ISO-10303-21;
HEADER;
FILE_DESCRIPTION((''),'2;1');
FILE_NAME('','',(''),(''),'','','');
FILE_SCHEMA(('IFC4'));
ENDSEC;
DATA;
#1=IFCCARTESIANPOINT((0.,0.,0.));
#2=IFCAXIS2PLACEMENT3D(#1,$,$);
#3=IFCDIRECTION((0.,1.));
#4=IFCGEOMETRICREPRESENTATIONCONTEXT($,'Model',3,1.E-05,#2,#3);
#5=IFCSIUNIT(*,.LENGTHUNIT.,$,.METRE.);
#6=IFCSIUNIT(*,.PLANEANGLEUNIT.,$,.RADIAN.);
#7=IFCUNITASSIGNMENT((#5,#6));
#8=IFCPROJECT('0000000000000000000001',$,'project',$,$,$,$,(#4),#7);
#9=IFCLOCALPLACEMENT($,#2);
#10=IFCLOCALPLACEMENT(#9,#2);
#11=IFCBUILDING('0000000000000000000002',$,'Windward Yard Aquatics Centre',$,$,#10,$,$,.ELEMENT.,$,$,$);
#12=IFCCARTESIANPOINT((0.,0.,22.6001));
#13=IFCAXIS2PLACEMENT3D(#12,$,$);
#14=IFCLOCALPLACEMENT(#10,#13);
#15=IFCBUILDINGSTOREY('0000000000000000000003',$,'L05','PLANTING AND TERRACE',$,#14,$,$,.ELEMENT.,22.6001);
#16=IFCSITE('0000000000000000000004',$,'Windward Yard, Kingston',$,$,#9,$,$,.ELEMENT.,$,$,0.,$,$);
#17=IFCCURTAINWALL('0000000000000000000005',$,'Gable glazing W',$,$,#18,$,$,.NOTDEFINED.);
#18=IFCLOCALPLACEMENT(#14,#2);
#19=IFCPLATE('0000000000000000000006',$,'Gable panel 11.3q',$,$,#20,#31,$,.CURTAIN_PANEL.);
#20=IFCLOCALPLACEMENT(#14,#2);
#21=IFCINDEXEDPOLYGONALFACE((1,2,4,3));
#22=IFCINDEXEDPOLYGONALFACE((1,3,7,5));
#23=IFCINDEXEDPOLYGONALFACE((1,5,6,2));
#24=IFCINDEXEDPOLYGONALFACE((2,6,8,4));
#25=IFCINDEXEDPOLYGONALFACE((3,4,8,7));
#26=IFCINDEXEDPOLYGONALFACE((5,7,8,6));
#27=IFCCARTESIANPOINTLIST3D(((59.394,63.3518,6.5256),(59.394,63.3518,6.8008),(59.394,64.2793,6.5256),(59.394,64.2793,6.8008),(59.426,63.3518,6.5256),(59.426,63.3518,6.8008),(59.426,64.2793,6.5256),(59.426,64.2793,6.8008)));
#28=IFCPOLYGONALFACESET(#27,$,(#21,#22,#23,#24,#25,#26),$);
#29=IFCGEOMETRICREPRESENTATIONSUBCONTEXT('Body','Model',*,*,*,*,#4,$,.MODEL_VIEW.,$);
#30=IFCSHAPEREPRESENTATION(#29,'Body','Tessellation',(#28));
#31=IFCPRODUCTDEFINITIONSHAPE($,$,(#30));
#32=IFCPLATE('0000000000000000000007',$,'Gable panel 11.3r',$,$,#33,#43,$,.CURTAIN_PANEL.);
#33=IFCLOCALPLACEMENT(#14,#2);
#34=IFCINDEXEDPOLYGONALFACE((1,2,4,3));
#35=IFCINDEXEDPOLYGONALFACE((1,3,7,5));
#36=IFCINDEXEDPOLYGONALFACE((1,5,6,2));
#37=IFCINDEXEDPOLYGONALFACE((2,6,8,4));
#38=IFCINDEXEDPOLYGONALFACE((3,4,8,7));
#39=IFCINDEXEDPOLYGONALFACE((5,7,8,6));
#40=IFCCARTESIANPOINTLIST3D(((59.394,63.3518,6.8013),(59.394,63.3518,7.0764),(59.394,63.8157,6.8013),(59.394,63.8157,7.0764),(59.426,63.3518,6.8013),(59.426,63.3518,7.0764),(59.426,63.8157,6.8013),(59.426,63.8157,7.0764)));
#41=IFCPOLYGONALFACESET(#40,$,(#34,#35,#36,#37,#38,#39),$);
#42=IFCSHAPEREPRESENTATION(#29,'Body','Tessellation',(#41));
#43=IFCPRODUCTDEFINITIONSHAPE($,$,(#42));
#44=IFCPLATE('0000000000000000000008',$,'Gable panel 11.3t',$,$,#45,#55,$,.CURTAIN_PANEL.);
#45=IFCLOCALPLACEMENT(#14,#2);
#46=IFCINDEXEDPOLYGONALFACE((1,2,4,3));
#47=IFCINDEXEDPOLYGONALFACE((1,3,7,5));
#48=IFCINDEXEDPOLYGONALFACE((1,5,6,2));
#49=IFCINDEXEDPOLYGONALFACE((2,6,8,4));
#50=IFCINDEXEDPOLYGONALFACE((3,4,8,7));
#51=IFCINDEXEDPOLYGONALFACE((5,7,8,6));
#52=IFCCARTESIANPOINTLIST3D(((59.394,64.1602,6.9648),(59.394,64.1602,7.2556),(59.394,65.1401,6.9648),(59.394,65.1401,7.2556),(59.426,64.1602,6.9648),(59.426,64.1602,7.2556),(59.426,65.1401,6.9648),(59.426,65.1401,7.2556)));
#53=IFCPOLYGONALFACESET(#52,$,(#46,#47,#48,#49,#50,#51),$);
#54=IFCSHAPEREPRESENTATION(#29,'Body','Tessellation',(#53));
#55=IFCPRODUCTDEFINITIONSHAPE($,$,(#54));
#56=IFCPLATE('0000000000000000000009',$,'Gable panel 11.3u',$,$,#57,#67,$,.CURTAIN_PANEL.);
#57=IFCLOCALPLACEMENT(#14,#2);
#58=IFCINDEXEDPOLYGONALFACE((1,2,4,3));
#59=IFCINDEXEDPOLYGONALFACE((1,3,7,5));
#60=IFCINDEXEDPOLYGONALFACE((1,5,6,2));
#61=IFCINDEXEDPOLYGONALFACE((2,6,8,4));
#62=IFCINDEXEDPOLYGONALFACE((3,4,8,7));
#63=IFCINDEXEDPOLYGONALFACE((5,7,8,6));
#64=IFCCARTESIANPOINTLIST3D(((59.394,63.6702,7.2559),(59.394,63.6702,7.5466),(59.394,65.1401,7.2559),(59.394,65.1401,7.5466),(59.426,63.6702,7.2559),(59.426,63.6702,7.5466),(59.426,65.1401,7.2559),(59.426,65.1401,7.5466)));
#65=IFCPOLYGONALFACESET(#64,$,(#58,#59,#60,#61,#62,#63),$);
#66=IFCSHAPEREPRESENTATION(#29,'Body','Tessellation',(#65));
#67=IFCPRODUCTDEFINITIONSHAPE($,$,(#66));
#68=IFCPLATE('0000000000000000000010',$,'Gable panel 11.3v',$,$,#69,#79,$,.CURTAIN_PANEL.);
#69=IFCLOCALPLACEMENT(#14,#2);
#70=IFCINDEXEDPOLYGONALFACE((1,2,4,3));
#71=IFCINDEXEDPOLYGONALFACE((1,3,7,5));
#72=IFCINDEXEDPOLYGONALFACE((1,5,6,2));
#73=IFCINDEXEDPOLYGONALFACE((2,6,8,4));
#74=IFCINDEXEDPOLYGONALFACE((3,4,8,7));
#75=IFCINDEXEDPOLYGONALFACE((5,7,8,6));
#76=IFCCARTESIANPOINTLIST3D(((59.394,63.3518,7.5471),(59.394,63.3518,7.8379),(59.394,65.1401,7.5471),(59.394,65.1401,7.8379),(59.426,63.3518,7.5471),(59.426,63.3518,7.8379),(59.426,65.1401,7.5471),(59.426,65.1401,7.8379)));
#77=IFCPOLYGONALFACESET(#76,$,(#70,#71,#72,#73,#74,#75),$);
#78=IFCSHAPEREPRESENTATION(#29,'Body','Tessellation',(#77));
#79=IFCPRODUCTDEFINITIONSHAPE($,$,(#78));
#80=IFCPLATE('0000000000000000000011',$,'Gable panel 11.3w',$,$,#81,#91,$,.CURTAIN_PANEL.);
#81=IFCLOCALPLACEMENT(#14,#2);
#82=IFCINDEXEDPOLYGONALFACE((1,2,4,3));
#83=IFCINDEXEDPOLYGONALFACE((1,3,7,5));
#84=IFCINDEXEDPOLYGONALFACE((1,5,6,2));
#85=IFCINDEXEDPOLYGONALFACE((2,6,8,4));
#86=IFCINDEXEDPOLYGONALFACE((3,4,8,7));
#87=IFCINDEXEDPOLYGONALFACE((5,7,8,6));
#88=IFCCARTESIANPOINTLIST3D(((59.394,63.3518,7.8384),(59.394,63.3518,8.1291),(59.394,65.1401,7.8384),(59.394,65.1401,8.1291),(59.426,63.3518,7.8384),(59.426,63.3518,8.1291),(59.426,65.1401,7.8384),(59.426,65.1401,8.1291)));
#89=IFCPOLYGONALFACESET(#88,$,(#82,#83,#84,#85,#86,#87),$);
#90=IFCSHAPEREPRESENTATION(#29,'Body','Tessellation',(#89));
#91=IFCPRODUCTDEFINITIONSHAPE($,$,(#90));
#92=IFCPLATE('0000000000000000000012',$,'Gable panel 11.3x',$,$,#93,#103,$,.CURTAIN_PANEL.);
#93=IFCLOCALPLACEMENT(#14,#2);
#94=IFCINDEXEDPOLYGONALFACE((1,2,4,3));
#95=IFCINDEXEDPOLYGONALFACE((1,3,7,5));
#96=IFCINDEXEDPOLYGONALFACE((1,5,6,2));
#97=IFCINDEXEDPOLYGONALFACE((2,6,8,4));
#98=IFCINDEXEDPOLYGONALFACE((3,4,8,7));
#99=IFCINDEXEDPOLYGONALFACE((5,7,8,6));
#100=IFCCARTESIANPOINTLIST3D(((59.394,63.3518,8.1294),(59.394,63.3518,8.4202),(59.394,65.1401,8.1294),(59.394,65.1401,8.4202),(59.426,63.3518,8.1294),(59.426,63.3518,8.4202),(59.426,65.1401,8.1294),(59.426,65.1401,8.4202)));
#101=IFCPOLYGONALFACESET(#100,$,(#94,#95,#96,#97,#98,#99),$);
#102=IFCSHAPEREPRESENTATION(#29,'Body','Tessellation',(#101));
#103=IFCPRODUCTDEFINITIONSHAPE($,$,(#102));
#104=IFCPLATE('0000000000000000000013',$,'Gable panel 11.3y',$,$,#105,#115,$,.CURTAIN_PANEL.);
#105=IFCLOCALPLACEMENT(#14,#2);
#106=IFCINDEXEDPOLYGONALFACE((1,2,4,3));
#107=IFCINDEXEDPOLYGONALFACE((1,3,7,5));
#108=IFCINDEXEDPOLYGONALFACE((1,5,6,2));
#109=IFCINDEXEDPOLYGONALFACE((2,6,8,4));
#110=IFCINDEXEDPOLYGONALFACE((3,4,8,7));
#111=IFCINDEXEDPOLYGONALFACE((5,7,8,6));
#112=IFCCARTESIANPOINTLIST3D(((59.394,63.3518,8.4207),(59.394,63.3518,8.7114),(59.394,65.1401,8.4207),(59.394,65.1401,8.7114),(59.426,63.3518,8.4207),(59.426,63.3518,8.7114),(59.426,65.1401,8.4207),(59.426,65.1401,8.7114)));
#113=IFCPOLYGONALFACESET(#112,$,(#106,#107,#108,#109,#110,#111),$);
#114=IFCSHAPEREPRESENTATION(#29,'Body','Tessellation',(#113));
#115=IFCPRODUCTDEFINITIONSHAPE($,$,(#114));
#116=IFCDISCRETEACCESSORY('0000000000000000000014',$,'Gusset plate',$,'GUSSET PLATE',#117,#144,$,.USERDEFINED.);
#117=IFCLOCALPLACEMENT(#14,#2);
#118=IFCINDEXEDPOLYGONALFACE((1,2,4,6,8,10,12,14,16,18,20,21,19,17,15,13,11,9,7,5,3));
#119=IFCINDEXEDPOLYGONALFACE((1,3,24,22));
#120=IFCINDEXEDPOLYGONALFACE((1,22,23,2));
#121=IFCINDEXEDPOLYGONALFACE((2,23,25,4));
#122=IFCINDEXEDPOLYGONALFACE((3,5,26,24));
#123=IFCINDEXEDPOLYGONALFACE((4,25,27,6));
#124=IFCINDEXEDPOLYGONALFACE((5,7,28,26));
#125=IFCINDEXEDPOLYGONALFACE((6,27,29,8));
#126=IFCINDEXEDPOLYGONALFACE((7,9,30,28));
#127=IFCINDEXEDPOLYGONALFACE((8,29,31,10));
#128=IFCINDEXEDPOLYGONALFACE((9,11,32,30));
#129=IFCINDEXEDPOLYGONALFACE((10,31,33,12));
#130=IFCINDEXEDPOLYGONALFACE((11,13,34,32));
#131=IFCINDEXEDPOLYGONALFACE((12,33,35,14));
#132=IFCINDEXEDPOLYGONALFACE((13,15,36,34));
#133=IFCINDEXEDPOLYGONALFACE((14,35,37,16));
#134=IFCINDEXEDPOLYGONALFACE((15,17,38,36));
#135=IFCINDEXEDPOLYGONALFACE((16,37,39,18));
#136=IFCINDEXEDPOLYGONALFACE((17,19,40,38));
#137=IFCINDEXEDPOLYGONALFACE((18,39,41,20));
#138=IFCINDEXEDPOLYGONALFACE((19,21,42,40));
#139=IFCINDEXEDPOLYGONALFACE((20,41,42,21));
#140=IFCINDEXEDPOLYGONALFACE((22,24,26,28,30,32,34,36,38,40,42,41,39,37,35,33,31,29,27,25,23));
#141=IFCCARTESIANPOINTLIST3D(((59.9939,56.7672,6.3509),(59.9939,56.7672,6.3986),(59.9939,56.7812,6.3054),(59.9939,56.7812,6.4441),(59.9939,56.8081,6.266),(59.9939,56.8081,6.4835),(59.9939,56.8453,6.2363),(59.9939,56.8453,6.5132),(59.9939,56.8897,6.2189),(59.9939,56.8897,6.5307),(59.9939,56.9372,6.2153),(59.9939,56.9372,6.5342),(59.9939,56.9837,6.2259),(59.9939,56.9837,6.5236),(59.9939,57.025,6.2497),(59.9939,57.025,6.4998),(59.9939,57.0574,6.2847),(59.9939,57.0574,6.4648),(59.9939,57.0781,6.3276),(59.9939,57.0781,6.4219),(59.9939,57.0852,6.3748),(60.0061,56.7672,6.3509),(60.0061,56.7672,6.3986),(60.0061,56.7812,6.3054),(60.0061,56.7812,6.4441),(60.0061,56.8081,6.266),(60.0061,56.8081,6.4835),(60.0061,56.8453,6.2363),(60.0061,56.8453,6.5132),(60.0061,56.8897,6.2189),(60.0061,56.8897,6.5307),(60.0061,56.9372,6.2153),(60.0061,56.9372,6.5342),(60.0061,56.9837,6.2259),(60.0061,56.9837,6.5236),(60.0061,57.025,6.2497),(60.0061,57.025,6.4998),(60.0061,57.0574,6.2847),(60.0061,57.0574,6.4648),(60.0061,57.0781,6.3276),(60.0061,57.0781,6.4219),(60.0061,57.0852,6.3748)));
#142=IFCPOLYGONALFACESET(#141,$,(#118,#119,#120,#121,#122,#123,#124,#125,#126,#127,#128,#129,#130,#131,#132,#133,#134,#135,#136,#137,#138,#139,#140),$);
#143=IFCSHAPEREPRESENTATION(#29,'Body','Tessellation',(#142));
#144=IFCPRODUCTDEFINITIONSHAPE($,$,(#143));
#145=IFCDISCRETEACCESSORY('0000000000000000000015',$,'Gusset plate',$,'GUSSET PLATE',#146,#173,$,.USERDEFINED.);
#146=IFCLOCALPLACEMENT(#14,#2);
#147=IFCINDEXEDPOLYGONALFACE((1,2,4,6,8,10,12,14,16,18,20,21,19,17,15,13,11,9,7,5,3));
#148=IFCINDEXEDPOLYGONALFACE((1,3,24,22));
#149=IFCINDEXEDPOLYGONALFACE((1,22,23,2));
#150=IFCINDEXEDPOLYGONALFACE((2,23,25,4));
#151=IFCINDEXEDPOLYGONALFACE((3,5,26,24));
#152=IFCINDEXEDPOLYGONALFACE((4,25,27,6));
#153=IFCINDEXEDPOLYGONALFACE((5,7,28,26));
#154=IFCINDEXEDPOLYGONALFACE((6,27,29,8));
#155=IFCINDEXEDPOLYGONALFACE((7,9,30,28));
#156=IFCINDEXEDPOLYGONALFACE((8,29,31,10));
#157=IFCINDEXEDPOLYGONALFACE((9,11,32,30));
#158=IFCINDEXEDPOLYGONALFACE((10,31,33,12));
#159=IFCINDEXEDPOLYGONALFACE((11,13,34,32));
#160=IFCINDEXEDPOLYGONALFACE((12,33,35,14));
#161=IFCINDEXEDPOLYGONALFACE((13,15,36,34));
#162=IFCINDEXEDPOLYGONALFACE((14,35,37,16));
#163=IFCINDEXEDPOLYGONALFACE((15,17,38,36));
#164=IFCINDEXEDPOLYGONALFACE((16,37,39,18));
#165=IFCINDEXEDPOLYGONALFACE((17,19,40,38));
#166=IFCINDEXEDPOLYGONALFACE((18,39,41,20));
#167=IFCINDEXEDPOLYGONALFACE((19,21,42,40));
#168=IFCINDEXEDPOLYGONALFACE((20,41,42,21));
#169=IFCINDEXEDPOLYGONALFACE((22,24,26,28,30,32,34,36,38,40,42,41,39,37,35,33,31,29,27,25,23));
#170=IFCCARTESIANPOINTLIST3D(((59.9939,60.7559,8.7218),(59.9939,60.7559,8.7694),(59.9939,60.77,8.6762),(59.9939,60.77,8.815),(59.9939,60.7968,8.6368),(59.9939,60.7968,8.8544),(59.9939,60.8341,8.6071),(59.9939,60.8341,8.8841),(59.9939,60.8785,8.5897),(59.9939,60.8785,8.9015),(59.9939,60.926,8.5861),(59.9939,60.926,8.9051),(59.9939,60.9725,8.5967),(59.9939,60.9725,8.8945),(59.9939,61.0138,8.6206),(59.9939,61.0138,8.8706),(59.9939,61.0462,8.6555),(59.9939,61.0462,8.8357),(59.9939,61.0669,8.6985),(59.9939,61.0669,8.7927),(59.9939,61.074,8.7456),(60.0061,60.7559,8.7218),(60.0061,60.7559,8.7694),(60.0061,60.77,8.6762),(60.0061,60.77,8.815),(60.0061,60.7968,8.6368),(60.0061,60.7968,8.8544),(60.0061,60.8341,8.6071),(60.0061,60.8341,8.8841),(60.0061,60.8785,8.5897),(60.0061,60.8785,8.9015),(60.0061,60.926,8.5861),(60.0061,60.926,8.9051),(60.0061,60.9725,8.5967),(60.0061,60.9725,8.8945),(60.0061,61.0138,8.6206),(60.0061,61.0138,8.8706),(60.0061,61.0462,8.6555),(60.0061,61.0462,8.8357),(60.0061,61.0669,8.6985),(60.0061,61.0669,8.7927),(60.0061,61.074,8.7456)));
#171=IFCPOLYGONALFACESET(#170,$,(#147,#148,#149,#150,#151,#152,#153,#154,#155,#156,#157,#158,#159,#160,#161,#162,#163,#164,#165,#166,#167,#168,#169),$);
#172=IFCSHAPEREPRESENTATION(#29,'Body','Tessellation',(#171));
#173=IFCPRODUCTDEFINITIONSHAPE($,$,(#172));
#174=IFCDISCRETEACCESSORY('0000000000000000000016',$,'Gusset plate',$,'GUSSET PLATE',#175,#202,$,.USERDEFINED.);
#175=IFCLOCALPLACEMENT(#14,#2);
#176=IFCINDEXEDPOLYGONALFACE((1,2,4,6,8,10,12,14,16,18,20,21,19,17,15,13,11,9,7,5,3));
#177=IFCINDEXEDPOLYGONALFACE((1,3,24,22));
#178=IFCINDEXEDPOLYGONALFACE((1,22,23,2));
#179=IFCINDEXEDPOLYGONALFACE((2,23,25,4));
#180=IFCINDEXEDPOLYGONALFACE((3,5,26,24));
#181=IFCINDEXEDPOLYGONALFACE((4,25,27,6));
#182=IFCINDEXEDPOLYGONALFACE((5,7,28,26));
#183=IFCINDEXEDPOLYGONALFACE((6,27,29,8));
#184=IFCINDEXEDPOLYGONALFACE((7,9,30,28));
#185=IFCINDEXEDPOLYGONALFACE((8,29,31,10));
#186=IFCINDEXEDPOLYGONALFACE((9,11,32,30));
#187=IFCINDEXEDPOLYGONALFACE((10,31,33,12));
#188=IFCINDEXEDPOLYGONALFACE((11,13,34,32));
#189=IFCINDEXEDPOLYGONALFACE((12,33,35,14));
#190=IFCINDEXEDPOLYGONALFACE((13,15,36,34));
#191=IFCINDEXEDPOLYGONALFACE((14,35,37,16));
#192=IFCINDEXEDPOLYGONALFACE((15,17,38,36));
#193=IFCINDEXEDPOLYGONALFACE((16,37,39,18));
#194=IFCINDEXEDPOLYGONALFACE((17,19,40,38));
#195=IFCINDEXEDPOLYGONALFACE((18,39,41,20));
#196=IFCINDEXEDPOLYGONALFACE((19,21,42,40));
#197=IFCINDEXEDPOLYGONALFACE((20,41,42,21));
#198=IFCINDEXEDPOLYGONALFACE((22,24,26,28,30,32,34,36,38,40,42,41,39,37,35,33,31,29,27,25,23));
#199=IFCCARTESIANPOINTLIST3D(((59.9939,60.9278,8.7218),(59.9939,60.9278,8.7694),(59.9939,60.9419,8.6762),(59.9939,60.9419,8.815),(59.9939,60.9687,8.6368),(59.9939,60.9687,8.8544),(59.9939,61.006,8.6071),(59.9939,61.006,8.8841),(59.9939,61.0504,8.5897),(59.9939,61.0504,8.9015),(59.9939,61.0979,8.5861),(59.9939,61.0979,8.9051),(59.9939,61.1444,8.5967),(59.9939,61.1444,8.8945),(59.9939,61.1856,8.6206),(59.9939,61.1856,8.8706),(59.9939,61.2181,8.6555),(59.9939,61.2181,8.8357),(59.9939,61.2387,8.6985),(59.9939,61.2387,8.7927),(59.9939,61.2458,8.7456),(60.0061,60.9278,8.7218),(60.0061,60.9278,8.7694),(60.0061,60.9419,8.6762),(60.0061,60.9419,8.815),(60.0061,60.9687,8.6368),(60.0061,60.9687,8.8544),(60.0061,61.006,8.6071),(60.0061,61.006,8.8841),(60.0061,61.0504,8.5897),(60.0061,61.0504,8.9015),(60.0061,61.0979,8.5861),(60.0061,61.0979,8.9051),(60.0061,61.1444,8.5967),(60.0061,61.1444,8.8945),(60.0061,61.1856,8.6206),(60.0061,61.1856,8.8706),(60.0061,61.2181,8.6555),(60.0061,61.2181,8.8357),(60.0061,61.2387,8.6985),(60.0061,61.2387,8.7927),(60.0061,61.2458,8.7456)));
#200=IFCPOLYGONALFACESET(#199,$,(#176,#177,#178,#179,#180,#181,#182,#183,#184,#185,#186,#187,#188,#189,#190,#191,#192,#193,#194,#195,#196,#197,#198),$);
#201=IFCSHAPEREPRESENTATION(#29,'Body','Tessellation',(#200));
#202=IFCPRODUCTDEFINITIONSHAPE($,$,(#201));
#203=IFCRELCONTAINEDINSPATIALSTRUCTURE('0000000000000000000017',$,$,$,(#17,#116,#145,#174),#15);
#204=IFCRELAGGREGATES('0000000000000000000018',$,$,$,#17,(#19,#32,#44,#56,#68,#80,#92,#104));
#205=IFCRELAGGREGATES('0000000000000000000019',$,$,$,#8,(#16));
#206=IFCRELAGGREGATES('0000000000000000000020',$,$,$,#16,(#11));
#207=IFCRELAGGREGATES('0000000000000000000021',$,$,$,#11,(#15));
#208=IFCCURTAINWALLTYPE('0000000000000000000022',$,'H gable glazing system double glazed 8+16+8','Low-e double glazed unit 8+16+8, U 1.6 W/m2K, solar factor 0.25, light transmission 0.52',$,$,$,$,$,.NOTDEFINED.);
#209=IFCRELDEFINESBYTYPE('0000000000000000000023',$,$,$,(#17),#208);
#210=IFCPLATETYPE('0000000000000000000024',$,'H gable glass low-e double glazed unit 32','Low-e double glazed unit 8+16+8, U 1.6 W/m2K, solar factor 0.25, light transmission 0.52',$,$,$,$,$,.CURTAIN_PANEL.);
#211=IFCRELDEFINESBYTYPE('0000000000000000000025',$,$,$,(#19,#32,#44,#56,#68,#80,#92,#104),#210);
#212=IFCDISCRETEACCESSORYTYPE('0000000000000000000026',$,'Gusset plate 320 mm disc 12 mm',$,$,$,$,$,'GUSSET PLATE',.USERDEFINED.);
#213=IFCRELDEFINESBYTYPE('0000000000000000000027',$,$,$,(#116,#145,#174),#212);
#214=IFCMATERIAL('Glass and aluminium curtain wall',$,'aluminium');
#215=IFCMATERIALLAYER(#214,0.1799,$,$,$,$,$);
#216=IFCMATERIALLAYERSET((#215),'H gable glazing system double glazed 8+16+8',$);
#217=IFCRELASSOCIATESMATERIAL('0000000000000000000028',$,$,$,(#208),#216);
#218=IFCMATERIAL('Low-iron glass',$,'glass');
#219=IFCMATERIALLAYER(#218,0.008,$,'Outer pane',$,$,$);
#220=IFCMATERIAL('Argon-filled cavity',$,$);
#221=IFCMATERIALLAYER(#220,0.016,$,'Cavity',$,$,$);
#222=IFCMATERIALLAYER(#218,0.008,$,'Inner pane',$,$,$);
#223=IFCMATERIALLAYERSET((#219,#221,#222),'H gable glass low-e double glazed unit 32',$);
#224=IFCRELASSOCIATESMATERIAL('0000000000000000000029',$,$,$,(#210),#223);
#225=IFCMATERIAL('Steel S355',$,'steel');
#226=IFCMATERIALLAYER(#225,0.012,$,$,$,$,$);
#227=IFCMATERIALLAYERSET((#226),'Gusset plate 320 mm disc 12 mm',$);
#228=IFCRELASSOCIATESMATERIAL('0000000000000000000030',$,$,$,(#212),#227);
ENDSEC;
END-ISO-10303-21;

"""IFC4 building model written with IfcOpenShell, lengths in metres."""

from ifc_helpers import new_model, si_unit, direction, frame, origin, origin_2d, place, context, subcontext, project, spatial, polyline, circle, outline, extrude, material, layer, layer_set, type_object, element, aggregate, save


model = new_model("IFC4")

# Units and contexts
model_context = context("Model", 3, precision=1e-05, world=origin(), true_north=direction((0.0, 1.0)))
body_context = subcontext(model_context, "Body", "Model", "MODEL_VIEW")
ifc_project = project(units=[si_unit("LENGTHUNIT", "METRE"), si_unit("PLANEANGLEUNIT", "RADIAN")], contexts=[model_context])

# Site, building, storey
site_placement = place(None, origin())
site = spatial("IfcSite", under=ifc_project, at=site_placement, Name="Windward Yard, Kingston", CompositionType="ELEMENT", RefElevation=0.0)
building_placement = place(site_placement, origin())
building = spatial("IfcBuilding", under=site, at=building_placement, Name="Windward Yard Aquatics Centre", CompositionType="ELEMENT")
storey_placement = place(building_placement, frame((0.0, 0.0, 22.6001)))
storey = spatial("IfcBuildingStorey", under=building, at=storey_placement, Name="L05", Description="PLANTING AND TERRACE", CompositionType="ELEMENT", Elevation=22.6001)

# Curtain wall, plates
ifc_material_1 = material(Name="Glass and aluminium curtain wall", Category="aluminium")
ifc_layer_1 = layer(ifc_material_1, 0.1799)
ifc_layer_set_1 = layer_set([ifc_layer_1], Name="H gable glazing system double glazed 8+16+8")
curtain_wall_type = type_object("IfcCurtainWallType", Name="H gable glazing system double glazed 8+16+8", Description="Low-e double glazed unit 8+16+8, U 1.6 W/m2K, solar factor 0.25, light transmission 0.52", PredefinedType="NOTDEFINED", material=ifc_layer_set_1)
curtain_wall_placement = place(storey_placement, origin())
curtain_wall = element("IfcCurtainWall", 1, at=curtain_wall_placement, inside=storey, type_object=curtain_wall_type, Name="Gable glazing W", PredefinedType="NOTDEFINED")
ifc_material_2 = material(Name="Low-iron glass", Category="glass")
ifc_layer_2 = layer(ifc_material_2, 0.008, Name="Outer pane")
ifc_material_3 = material(Name="Argon-filled cavity")
ifc_layer_3 = layer(ifc_material_3, 0.016, Name="Cavity")
ifc_layer_4 = layer(ifc_material_2, 0.008, Name="Inner pane")
ifc_layer_set_2 = layer_set([ifc_layer_2, ifc_layer_3, ifc_layer_4], Name="H gable glass low-e double glazed unit 32")
plate_type = type_object("IfcPlateType", Name="H gable glass low-e double glazed unit 32", Description="Low-e double glazed unit 8+16+8, U 1.6 W/m2K, solar factor 0.25, light transmission 0.52", PredefinedType="CURTAIN_PANEL", material=ifc_layer_set_2)
plate_1_placement = place(storey_placement, frame((59.426, 63.3518, 6.5256), z_axis=(1.0, 0.0, 0.0), x_axis=(0.0, 1.0, 0.0)))
plate_1 = element("IfcPlate", 2, at=plate_1_placement, type_object=plate_type, Name="Gable panel 11.3q", PredefinedType="CURTAIN_PANEL", context=body_context, shape_type="SweptSolid", body=[
    extrude(outline(polyline([(0.0, 0.0), (0.9275, 0.0), (0.9275, 0.2751), (0.0, 0.2751), (0.0, 0.0)])), origin(), (0.0, 0.0, -1.0), 0.032),
])
plate_2_placement = place(storey_placement, frame((59.426, 63.3518, 6.8013), z_axis=(1.0, 0.0, 0.0), x_axis=(0.0, 1.0, 0.0)))
plate_2 = element("IfcPlate", 3, at=plate_2_placement, type_object=plate_type, Name="Gable panel 11.3r", PredefinedType="CURTAIN_PANEL", context=body_context, shape_type="SweptSolid", body=[
    extrude(outline(polyline([(0.0, 0.0), (0.4639, 0.0), (0.4639, 0.2751), (0.0, 0.2751), (0.0, 0.0)])), origin(), (0.0, 0.0, -1.0), 0.032),
])
plate_3_placement = place(storey_placement, frame((59.426, 64.1602, 6.9648), z_axis=(1.0, 0.0, 0.0), x_axis=(0.0, 1.0, 0.0)))
plate_3 = element("IfcPlate", 4, at=plate_3_placement, type_object=plate_type, Name="Gable panel 11.3t", PredefinedType="CURTAIN_PANEL", context=body_context, shape_type="SweptSolid", body=[
    extrude(outline(polyline([(0.0, 0.0), (0.98, 0.0), (0.98, 0.2908), (0.0, 0.2908), (0.0, 0.0)])), origin(), (0.0, 0.0, -1.0), 0.032),
])
plate_4_placement = place(storey_placement, frame((59.426, 63.6702, 7.2559), z_axis=(1.0, 0.0, 0.0), x_axis=(0.0, 1.0, 0.0)))
plate_4 = element("IfcPlate", 5, at=plate_4_placement, type_object=plate_type, Name="Gable panel 11.3u", PredefinedType="CURTAIN_PANEL", context=body_context, shape_type="SweptSolid", body=[
    extrude(outline(polyline([(0.0, 0.0), (1.47, 0.0), (1.47, 0.2908), (0.0, 0.2908), (0.0, 0.0)])), origin(), (0.0, 0.0, -1.0), 0.032),
])
plate_5_placement = place(storey_placement, frame((59.426, 63.3518, 7.5471), z_axis=(1.0, 0.0, 0.0), x_axis=(0.0, 1.0, 0.0)))
plate_5 = element("IfcPlate", 6, at=plate_5_placement, type_object=plate_type, Name="Gable panel 11.3v", PredefinedType="CURTAIN_PANEL", context=body_context, shape_type="SweptSolid", body=[
    extrude(outline(polyline([(0.0, 0.0), (1.7883, 0.0), (1.7883, 0.2908), (0.0, 0.2908), (0.0, 0.0)])), origin(), (0.0, 0.0, -1.0), 0.032),
])
plate_6_placement = place(storey_placement, frame((59.426, 63.3518, 7.8384), z_axis=(1.0, 0.0, 0.0), x_axis=(0.0, 1.0, 0.0)))
plate_6 = element("IfcPlate", 7, at=plate_6_placement, type_object=plate_type, Name="Gable panel 11.3w", PredefinedType="CURTAIN_PANEL", context=body_context, shape_type="SweptSolid", body=[
    extrude(outline(polyline([(0.0, 0.0), (1.7883, 0.0), (1.7883, 0.2908), (0.0, 0.2908), (0.0, 0.0)])), origin(), (0.0, 0.0, -1.0), 0.032),
])
plate_7_placement = place(storey_placement, frame((59.426, 63.3518, 8.1294), z_axis=(1.0, 0.0, 0.0), x_axis=(0.0, 1.0, 0.0)))
plate_7 = element("IfcPlate", 8, at=plate_7_placement, type_object=plate_type, Name="Gable panel 11.3x", PredefinedType="CURTAIN_PANEL", context=body_context, shape_type="SweptSolid", body=[
    extrude(outline(polyline([(0.0, 0.0), (1.7883, 0.0), (1.7883, 0.2908), (0.0, 0.2908), (0.0, 0.0)])), origin(), (0.0, 0.0, -1.0), 0.032),
])
plate_8_placement = place(storey_placement, frame((59.426, 63.3518, 8.4207), z_axis=(1.0, 0.0, 0.0), x_axis=(0.0, 1.0, 0.0)))
plate_8 = element("IfcPlate", 9, at=plate_8_placement, type_object=plate_type, Name="Gable panel 11.3y", PredefinedType="CURTAIN_PANEL", context=body_context, shape_type="SweptSolid", body=[
    extrude(outline(polyline([(0.0, 0.0), (1.7883, 0.0), (1.7883, 0.2908), (0.0, 0.2908), (0.0, 0.0)])), origin(), (0.0, 0.0, -1.0), 0.032),
])

# Discrete accessories
ifc_material_4 = material(Name="Steel S355", Category="steel")
ifc_layer_5 = layer(ifc_material_4, 0.012)
ifc_layer_set_3 = layer_set([ifc_layer_5], Name="Gusset plate 320 mm disc 12 mm")
discrete_accessory_type = type_object("IfcDiscreteAccessoryType", Name="Gusset plate 320 mm disc 12 mm", ElementType="GUSSET PLATE", PredefinedType="USERDEFINED", material=ifc_layer_set_3)
for number, where, z_axis, x_axis, name in (
    (10, (59.9939, 56.9253, 6.3748), (1.0, 0.0, 0.0), (0.0, 1.0, 0.0), "Gusset plate"),
    (11, (59.9939, 60.9141, 8.7456), (1.0, 0.0, 0.0), (0.0, 1.0, 0.0), "Gusset plate"),
    (12, (59.9939, 61.0859, 8.7456), (1.0, 0.0, 0.0), (0.0, 1.0, 0.0), "Gusset plate"),
):
    element("IfcDiscreteAccessory", number, at=place(storey_placement, frame(where, z_axis=z_axis, x_axis=x_axis)), inside=storey, type_object=discrete_accessory_type, Name=name, ObjectType="GUSSET PLATE", PredefinedType="USERDEFINED", context=body_context, shape_type="SweptSolid", body=[
        extrude(circle(Radius=0.1599, at=origin_2d()), origin(), (0.0, 0.0, 1.0), 0.0122),
    ])

aggregate(curtain_wall, [plate_1, plate_2, plate_3, plate_4, plate_5, plate_6, plate_7, plate_8])

save(model, "model.ifc")
